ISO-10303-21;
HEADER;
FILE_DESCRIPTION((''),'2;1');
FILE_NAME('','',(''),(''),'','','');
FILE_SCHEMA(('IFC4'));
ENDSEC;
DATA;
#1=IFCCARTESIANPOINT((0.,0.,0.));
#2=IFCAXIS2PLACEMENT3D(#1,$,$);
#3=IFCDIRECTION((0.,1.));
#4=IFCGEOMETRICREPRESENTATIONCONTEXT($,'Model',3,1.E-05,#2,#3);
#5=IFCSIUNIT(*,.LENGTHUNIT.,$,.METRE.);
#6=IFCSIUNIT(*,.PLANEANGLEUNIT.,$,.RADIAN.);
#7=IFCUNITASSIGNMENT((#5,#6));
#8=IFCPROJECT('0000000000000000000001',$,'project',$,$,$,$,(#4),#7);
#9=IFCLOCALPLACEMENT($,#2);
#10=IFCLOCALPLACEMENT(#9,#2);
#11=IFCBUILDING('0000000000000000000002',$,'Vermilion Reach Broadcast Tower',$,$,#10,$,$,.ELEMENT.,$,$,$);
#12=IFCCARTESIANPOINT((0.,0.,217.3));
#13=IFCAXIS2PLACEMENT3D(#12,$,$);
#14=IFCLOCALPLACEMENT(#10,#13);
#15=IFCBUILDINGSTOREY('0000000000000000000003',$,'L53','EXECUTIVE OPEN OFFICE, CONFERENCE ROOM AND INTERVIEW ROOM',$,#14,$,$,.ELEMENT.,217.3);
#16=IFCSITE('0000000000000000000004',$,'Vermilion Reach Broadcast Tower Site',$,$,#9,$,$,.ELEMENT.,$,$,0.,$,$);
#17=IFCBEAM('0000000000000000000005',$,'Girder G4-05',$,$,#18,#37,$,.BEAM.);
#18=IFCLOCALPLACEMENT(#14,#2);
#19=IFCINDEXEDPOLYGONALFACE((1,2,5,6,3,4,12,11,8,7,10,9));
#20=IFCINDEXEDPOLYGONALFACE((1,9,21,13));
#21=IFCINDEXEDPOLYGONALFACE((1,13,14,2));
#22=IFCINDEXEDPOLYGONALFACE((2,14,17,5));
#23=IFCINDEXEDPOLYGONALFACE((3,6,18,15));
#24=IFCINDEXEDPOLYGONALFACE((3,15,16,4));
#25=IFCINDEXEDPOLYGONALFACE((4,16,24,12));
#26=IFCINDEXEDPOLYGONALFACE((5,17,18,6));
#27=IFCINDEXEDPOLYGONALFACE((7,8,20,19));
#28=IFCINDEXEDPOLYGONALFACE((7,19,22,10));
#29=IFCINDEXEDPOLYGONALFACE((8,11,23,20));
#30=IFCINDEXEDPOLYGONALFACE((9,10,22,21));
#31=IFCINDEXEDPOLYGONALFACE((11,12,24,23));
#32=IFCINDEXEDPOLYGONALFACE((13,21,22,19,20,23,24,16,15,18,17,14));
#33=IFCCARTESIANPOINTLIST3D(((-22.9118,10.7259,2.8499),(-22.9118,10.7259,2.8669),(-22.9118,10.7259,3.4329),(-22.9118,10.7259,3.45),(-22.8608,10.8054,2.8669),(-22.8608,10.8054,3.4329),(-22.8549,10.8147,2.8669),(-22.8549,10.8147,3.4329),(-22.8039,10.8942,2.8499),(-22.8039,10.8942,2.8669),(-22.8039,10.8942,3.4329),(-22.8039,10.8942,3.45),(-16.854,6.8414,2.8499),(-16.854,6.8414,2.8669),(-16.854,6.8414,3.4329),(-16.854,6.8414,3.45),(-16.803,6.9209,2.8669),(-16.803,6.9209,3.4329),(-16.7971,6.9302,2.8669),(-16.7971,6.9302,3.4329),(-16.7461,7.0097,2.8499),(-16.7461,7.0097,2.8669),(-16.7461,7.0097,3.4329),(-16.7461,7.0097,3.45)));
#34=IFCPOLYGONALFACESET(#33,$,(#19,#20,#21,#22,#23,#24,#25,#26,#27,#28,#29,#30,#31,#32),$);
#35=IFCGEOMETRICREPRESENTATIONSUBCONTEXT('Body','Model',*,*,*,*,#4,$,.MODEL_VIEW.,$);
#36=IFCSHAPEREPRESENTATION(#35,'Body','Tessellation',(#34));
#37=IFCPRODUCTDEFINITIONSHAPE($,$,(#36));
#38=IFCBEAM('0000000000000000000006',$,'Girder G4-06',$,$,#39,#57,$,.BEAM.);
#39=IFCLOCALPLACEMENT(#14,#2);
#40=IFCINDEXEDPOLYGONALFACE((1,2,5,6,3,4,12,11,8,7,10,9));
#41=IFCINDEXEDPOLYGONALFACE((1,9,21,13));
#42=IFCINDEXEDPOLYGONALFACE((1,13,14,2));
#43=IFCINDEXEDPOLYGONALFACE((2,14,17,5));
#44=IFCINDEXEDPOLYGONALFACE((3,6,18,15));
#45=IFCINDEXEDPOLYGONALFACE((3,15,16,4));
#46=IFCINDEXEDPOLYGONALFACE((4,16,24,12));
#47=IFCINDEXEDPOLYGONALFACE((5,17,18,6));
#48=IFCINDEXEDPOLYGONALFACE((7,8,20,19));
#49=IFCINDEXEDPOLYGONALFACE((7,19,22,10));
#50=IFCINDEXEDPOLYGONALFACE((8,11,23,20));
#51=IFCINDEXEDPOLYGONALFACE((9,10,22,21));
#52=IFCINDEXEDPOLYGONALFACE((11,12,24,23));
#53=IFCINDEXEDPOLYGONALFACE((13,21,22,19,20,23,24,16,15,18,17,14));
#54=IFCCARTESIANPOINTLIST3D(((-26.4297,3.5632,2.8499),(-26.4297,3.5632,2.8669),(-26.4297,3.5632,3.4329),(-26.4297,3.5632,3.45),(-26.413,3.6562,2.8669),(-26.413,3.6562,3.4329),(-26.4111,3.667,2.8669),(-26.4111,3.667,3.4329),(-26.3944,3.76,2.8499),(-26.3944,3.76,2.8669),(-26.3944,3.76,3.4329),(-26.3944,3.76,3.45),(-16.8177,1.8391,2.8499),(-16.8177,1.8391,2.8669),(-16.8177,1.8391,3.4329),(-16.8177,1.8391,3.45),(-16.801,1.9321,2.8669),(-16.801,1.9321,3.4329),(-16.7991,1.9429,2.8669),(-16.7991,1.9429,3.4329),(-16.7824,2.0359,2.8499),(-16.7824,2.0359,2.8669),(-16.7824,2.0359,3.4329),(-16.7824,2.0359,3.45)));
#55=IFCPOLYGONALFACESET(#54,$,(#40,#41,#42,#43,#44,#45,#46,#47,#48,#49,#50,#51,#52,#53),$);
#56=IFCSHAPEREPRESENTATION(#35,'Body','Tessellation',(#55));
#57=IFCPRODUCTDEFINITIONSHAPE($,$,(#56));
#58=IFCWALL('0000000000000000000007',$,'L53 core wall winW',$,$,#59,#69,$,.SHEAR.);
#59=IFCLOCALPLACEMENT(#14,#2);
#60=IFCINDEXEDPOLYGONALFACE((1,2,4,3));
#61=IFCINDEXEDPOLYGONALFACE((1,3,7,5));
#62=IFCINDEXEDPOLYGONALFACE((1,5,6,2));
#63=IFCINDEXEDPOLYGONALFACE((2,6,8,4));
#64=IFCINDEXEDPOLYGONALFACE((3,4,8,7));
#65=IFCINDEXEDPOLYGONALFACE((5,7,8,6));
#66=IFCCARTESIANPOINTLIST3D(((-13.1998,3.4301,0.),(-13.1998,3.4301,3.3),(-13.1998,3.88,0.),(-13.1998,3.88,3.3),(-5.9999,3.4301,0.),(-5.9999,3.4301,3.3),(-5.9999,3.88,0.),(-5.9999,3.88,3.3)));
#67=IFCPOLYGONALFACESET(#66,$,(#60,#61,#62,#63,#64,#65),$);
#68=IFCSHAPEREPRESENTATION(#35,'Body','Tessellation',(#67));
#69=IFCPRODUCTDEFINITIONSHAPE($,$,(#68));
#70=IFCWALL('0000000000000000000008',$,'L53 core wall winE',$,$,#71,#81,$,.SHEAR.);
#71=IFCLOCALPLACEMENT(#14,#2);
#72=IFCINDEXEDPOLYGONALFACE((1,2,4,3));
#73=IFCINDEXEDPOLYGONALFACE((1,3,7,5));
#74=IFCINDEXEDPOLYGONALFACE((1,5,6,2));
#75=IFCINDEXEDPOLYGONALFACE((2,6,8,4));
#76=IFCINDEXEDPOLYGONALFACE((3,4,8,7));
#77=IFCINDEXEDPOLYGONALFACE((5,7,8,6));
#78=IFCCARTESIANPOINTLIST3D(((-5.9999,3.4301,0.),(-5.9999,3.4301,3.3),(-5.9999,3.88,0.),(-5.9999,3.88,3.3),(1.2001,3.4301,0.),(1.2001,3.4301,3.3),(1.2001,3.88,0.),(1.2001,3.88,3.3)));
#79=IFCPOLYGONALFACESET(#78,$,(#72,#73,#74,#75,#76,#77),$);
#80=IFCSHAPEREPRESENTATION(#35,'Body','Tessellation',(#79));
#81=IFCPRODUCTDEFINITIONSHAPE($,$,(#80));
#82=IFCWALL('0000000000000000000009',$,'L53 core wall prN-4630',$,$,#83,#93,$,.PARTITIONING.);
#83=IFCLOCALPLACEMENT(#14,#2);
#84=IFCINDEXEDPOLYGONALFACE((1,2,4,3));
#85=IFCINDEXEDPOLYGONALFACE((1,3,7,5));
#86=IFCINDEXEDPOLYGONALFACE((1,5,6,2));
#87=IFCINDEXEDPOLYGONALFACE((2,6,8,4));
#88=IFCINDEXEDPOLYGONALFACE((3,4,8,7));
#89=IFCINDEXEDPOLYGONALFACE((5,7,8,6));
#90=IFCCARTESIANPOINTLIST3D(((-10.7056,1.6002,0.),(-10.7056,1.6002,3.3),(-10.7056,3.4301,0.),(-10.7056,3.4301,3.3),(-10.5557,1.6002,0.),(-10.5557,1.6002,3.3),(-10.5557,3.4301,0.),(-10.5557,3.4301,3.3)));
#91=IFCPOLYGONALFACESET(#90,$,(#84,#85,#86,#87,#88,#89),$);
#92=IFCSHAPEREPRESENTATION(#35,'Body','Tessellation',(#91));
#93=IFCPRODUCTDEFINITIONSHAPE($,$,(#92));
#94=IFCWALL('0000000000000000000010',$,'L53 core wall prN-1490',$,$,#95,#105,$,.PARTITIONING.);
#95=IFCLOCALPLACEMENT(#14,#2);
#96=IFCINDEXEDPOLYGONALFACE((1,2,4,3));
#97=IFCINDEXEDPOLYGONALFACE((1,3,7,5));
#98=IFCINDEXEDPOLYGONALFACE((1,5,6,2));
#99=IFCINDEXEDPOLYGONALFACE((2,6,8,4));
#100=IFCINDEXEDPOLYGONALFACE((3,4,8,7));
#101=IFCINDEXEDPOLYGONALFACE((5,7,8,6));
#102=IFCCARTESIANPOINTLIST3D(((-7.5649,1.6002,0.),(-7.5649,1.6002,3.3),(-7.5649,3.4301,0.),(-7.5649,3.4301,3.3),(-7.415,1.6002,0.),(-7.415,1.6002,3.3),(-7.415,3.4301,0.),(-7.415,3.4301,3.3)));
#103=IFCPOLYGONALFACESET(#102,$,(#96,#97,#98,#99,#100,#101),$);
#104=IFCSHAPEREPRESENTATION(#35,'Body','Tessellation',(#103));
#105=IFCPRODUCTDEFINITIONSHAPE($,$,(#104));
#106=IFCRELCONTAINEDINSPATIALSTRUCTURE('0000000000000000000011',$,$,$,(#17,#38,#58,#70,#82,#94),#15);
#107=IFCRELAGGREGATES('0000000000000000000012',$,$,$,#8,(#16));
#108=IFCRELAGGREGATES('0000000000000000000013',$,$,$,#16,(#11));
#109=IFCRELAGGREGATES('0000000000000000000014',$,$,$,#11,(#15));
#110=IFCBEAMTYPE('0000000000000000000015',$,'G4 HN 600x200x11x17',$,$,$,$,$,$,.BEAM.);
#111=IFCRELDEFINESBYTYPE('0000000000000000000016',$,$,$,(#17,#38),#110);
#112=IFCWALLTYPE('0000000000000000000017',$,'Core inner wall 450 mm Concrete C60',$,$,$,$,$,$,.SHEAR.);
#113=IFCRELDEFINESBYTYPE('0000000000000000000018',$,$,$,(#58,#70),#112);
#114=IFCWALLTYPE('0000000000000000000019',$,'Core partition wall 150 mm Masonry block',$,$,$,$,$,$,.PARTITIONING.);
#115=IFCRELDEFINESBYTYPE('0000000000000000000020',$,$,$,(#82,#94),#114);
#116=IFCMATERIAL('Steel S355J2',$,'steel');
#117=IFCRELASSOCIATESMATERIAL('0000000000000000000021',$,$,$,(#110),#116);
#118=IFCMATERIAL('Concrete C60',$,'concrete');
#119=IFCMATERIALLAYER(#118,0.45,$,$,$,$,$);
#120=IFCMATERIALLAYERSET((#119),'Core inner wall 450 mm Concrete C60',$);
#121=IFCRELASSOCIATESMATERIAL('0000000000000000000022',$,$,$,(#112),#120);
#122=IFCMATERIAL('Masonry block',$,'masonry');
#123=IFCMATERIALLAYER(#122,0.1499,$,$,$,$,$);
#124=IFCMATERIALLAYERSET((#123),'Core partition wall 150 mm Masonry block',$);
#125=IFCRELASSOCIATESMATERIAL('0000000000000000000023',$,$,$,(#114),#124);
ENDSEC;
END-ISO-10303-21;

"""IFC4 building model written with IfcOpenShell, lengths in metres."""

from ifc_helpers import new_model, si_unit, direction, frame, frame_2d, origin, origin_2d, place, context, subcontext, project, spatial, rectangle, i_section, extrude, material, layer, layer_set, material_profile, profile_set, type_object, element, save


model = new_model("IFC4")

# Units and contexts
model_context = context("Model", 3, precision=1e-05, world=origin(), true_north=direction((0.0, 1.0)))
body_context = subcontext(model_context, "Body", "Model", "MODEL_VIEW")
ifc_project = project(units=[si_unit("LENGTHUNIT", "METRE"), si_unit("PLANEANGLEUNIT", "RADIAN")], contexts=[model_context])

# Site, building, storey
site_placement = place(None, origin())
site = spatial("IfcSite", under=ifc_project, at=site_placement, Name="Vermilion Reach Broadcast Tower Site", CompositionType="ELEMENT", RefElevation=0.0)
building_placement = place(site_placement, origin())
building = spatial("IfcBuilding", under=site, at=building_placement, Name="Vermilion Reach Broadcast Tower", CompositionType="ELEMENT")
storey_placement = place(building_placement, frame((0.0, 0.0, 217.3)))
storey = spatial("IfcBuildingStorey", under=building, at=storey_placement, Name="L53", Description="EXECUTIVE OPEN OFFICE, CONFERENCE ROOM AND INTERVIEW ROOM", CompositionType="ELEMENT", Elevation=217.3)

# Beams
ifc_material_1 = material(Name="Steel S355J2", Category="steel")
ifc_material_profile = material_profile(ifc_material_1, i_section(OverallWidth=0.2, OverallDepth=0.6001, WebThickness=0.011, FlangeThickness=0.0171, at=origin_2d()), Name="S355J2 HN 600x200x11x17")
ifc_profile_set = profile_set([ifc_material_profile], Name="Steel S355J2")
beam_type = type_object("IfcBeamType", Name="G4 HN 600x200x11x17", PredefinedType="BEAM", material=ifc_profile_set)
beam_1_placement = place(storey_placement, frame((-16.8, 6.9255, 3.1499), z_axis=(-0.841799, 0.539792, 0.0), x_axis=(-0.539792, -0.841799, 0.0)))
element("IfcBeam", 1, at=beam_1_placement, inside=storey, type_object=beam_type, Name="Girder G4-05", PredefinedType="BEAM", context=body_context, shape_type="SweptSolid", body=[
    extrude(i_section(OverallWidth=0.2, OverallDepth=0.6001, WebThickness=0.011, FlangeThickness=0.0171, at=origin_2d()), origin(), (0.0, 0.0, 1.0), 7.1963),
])
beam_2_placement = place(storey_placement, frame((-16.8, 1.9375, 3.1499), z_axis=(-0.984291, 0.176553, 0.0), x_axis=(-0.176553, -0.984291, 0.0)))
element("IfcBeam", 2, at=beam_2_placement, inside=storey, type_object=beam_type, Name="Girder G4-06", PredefinedType="BEAM", context=body_context, shape_type="SweptSolid", body=[
    extrude(i_section(OverallWidth=0.2, OverallDepth=0.6001, WebThickness=0.011, FlangeThickness=0.0171, at=origin_2d()), origin(), (0.0, 0.0, 1.0), 9.7654),
])

# Walls
ifc_material_2 = material(Name="Concrete C60", Category="concrete")
ifc_layer_1 = layer(ifc_material_2, 0.45)
ifc_layer_set_1 = layer_set([ifc_layer_1], Name="Core inner wall 450 mm Concrete C60")
wall_type_1 = type_object("IfcWallType", Name="Core inner wall 450 mm Concrete C60", PredefinedType="SHEAR", material=ifc_layer_set_1)
for number, where, z_axis, x_axis, name in (
    (3, (-13.2, 3.655, 0.0), (0.0, 0.0, 1.0), (1.0, 0.0, 0.0), "L53 core wall winW"),
    (4, (-6.0, 3.655, 0.0), (0.0, 0.0, 1.0), (1.0, 0.0, 0.0), "L53 core wall winE"),
):
    element("IfcWall", number, at=place(storey_placement, frame(where, z_axis=z_axis, x_axis=x_axis)), inside=storey, type_object=wall_type_1, Name=name, PredefinedType="SHEAR", context=body_context, shape_type="SweptSolid", body=[
        extrude(rectangle(XDim=7.2, YDim=0.45, at=frame_2d((3.6001, 0.0))), origin(), (0.0, 0.0, 1.0), 3.3),
    ])
ifc_material_3 = material(Name="Masonry block", Category="masonry")
ifc_layer_2 = layer(ifc_material_3, 0.1499)
ifc_layer_set_2 = layer_set([ifc_layer_2], Name="Core partition wall 150 mm Masonry block")
wall_type_2 = type_object("IfcWallType", Name="Core partition wall 150 mm Masonry block", PredefinedType="PARTITIONING", material=ifc_layer_set_2)
for number, where, z_axis, x_axis, name in (
    (5, (-10.6306, 1.6001, 0.0), (0.0, 0.0, 1.0), (0.0, 1.0, 0.0), "L53 core wall prN-4630"),
    (6, (-7.49, 1.6001, 0.0), (0.0, 0.0, 1.0), (0.0, 1.0, 0.0), "L53 core wall prN-1490"),
):
    element("IfcWall", number, at=place(storey_placement, frame(where, z_axis=z_axis, x_axis=x_axis)), inside=storey, type_object=wall_type_2, Name=name, PredefinedType="PARTITIONING", context=body_context, shape_type="SweptSolid", body=[
        extrude(rectangle(XDim=1.8298, YDim=0.1499, at=frame_2d((0.915, 0.0))), origin(), (0.0, 0.0, 1.0), 3.3),
    ])

save(model, "model.ifc")
